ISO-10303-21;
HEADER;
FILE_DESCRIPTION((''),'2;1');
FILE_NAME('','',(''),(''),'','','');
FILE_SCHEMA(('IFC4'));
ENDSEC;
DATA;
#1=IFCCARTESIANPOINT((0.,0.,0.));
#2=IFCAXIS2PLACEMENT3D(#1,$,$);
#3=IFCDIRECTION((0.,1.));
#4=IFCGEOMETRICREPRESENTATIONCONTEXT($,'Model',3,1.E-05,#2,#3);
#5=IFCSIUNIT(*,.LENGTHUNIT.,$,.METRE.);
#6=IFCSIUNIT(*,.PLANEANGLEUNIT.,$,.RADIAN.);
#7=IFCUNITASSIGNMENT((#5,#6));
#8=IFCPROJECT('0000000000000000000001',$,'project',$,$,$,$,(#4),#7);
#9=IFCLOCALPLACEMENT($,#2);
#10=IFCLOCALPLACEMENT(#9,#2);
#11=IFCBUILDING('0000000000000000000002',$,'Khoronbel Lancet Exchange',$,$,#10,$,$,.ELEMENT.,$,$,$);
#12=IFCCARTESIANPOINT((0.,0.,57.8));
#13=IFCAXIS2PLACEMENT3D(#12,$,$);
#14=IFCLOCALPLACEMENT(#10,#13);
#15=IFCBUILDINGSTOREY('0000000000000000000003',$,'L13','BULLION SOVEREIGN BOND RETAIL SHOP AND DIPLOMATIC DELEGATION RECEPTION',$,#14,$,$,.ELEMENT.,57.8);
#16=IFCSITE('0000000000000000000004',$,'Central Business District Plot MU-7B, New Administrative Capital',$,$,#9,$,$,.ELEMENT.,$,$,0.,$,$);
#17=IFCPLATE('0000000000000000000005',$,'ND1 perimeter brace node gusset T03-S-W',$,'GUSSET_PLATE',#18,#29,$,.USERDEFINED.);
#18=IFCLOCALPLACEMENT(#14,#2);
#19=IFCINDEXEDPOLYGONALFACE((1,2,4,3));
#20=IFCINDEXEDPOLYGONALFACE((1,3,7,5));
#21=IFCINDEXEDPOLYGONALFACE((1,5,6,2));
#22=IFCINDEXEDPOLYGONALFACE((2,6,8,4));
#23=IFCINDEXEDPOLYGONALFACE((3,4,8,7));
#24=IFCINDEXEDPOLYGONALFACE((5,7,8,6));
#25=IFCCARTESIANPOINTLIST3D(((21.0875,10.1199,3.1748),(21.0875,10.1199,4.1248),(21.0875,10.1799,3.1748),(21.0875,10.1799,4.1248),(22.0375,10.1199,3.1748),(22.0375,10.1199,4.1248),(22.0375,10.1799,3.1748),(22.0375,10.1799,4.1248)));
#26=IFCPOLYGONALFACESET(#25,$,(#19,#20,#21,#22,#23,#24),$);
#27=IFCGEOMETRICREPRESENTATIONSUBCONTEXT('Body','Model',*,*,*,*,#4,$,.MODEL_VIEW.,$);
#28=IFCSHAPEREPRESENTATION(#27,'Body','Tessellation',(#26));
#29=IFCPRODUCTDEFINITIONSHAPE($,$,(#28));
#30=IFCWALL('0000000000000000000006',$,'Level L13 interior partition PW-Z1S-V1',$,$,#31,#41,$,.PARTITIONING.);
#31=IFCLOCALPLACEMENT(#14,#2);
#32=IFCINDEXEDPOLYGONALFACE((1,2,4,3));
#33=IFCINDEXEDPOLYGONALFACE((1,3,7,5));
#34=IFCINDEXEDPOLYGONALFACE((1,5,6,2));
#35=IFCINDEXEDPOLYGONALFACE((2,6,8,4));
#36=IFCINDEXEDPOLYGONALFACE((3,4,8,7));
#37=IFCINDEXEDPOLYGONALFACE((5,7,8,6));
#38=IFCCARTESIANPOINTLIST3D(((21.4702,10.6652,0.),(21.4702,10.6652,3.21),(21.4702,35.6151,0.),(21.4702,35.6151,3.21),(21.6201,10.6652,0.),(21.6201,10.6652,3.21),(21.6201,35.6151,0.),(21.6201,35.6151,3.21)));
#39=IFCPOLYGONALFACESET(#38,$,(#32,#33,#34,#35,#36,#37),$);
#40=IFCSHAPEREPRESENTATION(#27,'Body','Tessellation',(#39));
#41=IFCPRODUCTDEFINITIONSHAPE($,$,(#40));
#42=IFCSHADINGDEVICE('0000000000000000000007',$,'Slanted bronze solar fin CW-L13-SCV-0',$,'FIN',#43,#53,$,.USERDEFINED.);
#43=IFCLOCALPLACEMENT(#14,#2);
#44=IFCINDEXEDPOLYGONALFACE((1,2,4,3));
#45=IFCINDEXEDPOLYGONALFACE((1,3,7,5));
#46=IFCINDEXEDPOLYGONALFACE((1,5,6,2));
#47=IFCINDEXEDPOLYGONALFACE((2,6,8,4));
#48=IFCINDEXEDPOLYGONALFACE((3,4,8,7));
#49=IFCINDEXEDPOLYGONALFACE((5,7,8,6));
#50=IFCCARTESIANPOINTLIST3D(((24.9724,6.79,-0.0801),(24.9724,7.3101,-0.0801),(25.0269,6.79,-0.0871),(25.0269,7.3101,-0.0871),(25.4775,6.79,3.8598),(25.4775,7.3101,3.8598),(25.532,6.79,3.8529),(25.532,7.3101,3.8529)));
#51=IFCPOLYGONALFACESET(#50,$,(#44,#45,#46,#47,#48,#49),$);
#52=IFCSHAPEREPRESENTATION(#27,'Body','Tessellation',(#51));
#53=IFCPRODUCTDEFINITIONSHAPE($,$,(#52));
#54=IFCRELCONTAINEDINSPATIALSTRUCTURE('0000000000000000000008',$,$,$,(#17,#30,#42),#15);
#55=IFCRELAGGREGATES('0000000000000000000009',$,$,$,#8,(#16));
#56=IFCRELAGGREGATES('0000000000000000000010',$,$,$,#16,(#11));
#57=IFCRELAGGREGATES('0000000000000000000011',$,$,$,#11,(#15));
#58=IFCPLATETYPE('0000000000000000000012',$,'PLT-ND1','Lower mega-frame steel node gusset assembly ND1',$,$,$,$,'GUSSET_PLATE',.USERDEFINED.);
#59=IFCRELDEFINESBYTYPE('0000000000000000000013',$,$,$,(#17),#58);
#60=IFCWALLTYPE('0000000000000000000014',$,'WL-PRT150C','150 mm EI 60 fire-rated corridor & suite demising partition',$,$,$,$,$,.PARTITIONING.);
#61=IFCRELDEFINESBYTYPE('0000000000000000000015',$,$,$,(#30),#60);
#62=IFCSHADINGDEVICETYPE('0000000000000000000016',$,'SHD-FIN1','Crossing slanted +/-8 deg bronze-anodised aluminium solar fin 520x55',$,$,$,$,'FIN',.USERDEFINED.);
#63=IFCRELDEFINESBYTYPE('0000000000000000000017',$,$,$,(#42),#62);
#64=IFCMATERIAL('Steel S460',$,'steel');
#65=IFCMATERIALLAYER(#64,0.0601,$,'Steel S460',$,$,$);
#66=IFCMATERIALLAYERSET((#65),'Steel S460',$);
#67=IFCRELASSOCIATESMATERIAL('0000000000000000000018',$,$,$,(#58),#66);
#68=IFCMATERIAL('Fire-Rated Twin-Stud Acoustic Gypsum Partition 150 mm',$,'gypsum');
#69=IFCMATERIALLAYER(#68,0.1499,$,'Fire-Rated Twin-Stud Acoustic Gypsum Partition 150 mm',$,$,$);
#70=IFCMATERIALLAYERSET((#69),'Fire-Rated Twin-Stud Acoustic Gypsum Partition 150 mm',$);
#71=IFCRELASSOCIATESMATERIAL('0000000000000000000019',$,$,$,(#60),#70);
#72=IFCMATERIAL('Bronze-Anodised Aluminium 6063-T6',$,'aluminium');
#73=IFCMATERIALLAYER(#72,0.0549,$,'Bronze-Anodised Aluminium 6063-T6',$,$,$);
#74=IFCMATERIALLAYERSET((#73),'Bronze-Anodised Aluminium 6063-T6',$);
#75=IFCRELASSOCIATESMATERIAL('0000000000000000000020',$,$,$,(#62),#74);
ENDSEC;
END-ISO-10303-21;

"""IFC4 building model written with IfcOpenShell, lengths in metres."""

from ifc_helpers import new_model, si_unit, direction, frame, frame_2d, origin, origin_2d, place, context, subcontext, project, spatial, polyline, rectangle, outline, extrude, material, layer, layer_set, type_object, element, save


model = new_model("IFC4")

# Units and contexts
model_context = context("Model", 3, precision=1e-05, world=origin(), true_north=direction((0.0, 1.0)))
body_context = subcontext(model_context, "Body", "Model", "MODEL_VIEW")
ifc_project = project(units=[si_unit("LENGTHUNIT", "METRE"), si_unit("PLANEANGLEUNIT", "RADIAN")], contexts=[model_context])

# Site, building, storey
site_placement = place(None, origin())
site = spatial("IfcSite", under=ifc_project, at=site_placement, Name="Central Business District Plot MU-7B, New Administrative Capital", CompositionType="ELEMENT", RefElevation=0.0)
building_placement = place(site_placement, origin())
building = spatial("IfcBuilding", under=site, at=building_placement, Name="Khoronbel Lancet Exchange", CompositionType="ELEMENT")
storey_placement = place(building_placement, frame((0.0, 0.0, 57.8)))
storey = spatial("IfcBuildingStorey", under=building, at=storey_placement, Name="L13", Description="BULLION SOVEREIGN BOND RETAIL SHOP AND DIPLOMATIC DELEGATION RECEPTION", CompositionType="ELEMENT", Elevation=57.8)

# Shared definitions
ifc_material_1 = material(Name="Steel S460", Category="steel")

# Shared definitions
ifc_material_2 = material(Name="Bronze-Anodised Aluminium 6063-T6", Category="aluminium")

# Plate
ifc_layer_1 = layer(ifc_material_1, 0.0601, Name="Steel S460")
ifc_layer_set_1 = layer_set([ifc_layer_1], Name="Steel S460")
plate_type_1 = type_object("IfcPlateType", Name="PLT-ND1", Description="Lower mega-frame steel node gusset assembly ND1", ElementType="GUSSET_PLATE", PredefinedType="USERDEFINED", material=ifc_layer_set_1)
plate_1_placement = place(storey_placement, frame((21.5625, 10.1499, 3.1748), z_axis=(0.0, 0.0, 1.0), x_axis=(1.0, 0.0, 0.0)))
element("IfcPlate", 1, at=plate_1_placement, inside=storey, type_object=plate_type_1, Name="ND1 perimeter brace node gusset T03-S-W", ObjectType="GUSSET_PLATE", PredefinedType="USERDEFINED", context=body_context, shape_type="SweptSolid", body=[
    extrude(rectangle(XDim=0.95, YDim=0.0601, at=origin_2d()), origin(), (0.0, 0.0, 1.0), 0.95),
])

# Wall
ifc_material_3 = material(Name="Fire-Rated Twin-Stud Acoustic Gypsum Partition 150 mm", Category="gypsum")
ifc_layer_2 = layer(ifc_material_3, 0.1499, Name="Fire-Rated Twin-Stud Acoustic Gypsum Partition 150 mm")
ifc_layer_set_2 = layer_set([ifc_layer_2], Name="Fire-Rated Twin-Stud Acoustic Gypsum Partition 150 mm")
wall_type = type_object("IfcWallType", Name="WL-PRT150C", Description="150 mm EI 60 fire-rated corridor & suite demising partition", PredefinedType="PARTITIONING", material=ifc_layer_set_2)
wall_placement = place(storey_placement, frame((21.5452, 10.665, 0.0), z_axis=(0.0, 0.0, 1.0), x_axis=(0.0, 1.0, 0.0)))
element("IfcWall", 2, at=wall_placement, inside=storey, type_object=wall_type, Name="Level L13 interior partition PW-Z1S-V1", PredefinedType="PARTITIONING", context=body_context, shape_type="SweptSolid", body=[
    extrude(rectangle(XDim=24.95, YDim=0.1499, at=frame_2d((12.4751, 0.0))), origin(), (0.0, 0.0, 1.0), 3.21),
])

# Shading device
ifc_layer_3 = layer(ifc_material_2, 0.0549, Name="Bronze-Anodised Aluminium 6063-T6")
ifc_layer_set_3 = layer_set([ifc_layer_3], Name="Bronze-Anodised Aluminium 6063-T6")
shading_device_type = type_object("IfcShadingDeviceType", Name="SHD-FIN1", Description="Crossing slanted +/-8 deg bronze-anodised aluminium solar fin 520x55", ElementType="FIN", PredefinedType="USERDEFINED", material=ifc_layer_set_3)
shading_device_placement = place(storey_placement, frame((24.9724, 7.3101, -0.0801), z_axis=(-0.991881, 0.0, 0.127166), x_axis=(0.0, -1.0, 0.0)))
element("IfcShadingDevice", 3, at=shading_device_placement, inside=storey, type_object=shading_device_type, Name="Slanted bronze solar fin CW-L13-SCV-0", ObjectType="FIN", PredefinedType="USERDEFINED", context=body_context, shape_type="SweptSolid", body=[
    extrude(outline(polyline([(0.0, 0.0), (0.52, 0.0), (0.52, 3.9722), (0.0, 3.9722), (0.0, 0.0)])), origin(), (0.0, 0.0, -1.0), 0.0549),
])

save(model, "model.ifc")
